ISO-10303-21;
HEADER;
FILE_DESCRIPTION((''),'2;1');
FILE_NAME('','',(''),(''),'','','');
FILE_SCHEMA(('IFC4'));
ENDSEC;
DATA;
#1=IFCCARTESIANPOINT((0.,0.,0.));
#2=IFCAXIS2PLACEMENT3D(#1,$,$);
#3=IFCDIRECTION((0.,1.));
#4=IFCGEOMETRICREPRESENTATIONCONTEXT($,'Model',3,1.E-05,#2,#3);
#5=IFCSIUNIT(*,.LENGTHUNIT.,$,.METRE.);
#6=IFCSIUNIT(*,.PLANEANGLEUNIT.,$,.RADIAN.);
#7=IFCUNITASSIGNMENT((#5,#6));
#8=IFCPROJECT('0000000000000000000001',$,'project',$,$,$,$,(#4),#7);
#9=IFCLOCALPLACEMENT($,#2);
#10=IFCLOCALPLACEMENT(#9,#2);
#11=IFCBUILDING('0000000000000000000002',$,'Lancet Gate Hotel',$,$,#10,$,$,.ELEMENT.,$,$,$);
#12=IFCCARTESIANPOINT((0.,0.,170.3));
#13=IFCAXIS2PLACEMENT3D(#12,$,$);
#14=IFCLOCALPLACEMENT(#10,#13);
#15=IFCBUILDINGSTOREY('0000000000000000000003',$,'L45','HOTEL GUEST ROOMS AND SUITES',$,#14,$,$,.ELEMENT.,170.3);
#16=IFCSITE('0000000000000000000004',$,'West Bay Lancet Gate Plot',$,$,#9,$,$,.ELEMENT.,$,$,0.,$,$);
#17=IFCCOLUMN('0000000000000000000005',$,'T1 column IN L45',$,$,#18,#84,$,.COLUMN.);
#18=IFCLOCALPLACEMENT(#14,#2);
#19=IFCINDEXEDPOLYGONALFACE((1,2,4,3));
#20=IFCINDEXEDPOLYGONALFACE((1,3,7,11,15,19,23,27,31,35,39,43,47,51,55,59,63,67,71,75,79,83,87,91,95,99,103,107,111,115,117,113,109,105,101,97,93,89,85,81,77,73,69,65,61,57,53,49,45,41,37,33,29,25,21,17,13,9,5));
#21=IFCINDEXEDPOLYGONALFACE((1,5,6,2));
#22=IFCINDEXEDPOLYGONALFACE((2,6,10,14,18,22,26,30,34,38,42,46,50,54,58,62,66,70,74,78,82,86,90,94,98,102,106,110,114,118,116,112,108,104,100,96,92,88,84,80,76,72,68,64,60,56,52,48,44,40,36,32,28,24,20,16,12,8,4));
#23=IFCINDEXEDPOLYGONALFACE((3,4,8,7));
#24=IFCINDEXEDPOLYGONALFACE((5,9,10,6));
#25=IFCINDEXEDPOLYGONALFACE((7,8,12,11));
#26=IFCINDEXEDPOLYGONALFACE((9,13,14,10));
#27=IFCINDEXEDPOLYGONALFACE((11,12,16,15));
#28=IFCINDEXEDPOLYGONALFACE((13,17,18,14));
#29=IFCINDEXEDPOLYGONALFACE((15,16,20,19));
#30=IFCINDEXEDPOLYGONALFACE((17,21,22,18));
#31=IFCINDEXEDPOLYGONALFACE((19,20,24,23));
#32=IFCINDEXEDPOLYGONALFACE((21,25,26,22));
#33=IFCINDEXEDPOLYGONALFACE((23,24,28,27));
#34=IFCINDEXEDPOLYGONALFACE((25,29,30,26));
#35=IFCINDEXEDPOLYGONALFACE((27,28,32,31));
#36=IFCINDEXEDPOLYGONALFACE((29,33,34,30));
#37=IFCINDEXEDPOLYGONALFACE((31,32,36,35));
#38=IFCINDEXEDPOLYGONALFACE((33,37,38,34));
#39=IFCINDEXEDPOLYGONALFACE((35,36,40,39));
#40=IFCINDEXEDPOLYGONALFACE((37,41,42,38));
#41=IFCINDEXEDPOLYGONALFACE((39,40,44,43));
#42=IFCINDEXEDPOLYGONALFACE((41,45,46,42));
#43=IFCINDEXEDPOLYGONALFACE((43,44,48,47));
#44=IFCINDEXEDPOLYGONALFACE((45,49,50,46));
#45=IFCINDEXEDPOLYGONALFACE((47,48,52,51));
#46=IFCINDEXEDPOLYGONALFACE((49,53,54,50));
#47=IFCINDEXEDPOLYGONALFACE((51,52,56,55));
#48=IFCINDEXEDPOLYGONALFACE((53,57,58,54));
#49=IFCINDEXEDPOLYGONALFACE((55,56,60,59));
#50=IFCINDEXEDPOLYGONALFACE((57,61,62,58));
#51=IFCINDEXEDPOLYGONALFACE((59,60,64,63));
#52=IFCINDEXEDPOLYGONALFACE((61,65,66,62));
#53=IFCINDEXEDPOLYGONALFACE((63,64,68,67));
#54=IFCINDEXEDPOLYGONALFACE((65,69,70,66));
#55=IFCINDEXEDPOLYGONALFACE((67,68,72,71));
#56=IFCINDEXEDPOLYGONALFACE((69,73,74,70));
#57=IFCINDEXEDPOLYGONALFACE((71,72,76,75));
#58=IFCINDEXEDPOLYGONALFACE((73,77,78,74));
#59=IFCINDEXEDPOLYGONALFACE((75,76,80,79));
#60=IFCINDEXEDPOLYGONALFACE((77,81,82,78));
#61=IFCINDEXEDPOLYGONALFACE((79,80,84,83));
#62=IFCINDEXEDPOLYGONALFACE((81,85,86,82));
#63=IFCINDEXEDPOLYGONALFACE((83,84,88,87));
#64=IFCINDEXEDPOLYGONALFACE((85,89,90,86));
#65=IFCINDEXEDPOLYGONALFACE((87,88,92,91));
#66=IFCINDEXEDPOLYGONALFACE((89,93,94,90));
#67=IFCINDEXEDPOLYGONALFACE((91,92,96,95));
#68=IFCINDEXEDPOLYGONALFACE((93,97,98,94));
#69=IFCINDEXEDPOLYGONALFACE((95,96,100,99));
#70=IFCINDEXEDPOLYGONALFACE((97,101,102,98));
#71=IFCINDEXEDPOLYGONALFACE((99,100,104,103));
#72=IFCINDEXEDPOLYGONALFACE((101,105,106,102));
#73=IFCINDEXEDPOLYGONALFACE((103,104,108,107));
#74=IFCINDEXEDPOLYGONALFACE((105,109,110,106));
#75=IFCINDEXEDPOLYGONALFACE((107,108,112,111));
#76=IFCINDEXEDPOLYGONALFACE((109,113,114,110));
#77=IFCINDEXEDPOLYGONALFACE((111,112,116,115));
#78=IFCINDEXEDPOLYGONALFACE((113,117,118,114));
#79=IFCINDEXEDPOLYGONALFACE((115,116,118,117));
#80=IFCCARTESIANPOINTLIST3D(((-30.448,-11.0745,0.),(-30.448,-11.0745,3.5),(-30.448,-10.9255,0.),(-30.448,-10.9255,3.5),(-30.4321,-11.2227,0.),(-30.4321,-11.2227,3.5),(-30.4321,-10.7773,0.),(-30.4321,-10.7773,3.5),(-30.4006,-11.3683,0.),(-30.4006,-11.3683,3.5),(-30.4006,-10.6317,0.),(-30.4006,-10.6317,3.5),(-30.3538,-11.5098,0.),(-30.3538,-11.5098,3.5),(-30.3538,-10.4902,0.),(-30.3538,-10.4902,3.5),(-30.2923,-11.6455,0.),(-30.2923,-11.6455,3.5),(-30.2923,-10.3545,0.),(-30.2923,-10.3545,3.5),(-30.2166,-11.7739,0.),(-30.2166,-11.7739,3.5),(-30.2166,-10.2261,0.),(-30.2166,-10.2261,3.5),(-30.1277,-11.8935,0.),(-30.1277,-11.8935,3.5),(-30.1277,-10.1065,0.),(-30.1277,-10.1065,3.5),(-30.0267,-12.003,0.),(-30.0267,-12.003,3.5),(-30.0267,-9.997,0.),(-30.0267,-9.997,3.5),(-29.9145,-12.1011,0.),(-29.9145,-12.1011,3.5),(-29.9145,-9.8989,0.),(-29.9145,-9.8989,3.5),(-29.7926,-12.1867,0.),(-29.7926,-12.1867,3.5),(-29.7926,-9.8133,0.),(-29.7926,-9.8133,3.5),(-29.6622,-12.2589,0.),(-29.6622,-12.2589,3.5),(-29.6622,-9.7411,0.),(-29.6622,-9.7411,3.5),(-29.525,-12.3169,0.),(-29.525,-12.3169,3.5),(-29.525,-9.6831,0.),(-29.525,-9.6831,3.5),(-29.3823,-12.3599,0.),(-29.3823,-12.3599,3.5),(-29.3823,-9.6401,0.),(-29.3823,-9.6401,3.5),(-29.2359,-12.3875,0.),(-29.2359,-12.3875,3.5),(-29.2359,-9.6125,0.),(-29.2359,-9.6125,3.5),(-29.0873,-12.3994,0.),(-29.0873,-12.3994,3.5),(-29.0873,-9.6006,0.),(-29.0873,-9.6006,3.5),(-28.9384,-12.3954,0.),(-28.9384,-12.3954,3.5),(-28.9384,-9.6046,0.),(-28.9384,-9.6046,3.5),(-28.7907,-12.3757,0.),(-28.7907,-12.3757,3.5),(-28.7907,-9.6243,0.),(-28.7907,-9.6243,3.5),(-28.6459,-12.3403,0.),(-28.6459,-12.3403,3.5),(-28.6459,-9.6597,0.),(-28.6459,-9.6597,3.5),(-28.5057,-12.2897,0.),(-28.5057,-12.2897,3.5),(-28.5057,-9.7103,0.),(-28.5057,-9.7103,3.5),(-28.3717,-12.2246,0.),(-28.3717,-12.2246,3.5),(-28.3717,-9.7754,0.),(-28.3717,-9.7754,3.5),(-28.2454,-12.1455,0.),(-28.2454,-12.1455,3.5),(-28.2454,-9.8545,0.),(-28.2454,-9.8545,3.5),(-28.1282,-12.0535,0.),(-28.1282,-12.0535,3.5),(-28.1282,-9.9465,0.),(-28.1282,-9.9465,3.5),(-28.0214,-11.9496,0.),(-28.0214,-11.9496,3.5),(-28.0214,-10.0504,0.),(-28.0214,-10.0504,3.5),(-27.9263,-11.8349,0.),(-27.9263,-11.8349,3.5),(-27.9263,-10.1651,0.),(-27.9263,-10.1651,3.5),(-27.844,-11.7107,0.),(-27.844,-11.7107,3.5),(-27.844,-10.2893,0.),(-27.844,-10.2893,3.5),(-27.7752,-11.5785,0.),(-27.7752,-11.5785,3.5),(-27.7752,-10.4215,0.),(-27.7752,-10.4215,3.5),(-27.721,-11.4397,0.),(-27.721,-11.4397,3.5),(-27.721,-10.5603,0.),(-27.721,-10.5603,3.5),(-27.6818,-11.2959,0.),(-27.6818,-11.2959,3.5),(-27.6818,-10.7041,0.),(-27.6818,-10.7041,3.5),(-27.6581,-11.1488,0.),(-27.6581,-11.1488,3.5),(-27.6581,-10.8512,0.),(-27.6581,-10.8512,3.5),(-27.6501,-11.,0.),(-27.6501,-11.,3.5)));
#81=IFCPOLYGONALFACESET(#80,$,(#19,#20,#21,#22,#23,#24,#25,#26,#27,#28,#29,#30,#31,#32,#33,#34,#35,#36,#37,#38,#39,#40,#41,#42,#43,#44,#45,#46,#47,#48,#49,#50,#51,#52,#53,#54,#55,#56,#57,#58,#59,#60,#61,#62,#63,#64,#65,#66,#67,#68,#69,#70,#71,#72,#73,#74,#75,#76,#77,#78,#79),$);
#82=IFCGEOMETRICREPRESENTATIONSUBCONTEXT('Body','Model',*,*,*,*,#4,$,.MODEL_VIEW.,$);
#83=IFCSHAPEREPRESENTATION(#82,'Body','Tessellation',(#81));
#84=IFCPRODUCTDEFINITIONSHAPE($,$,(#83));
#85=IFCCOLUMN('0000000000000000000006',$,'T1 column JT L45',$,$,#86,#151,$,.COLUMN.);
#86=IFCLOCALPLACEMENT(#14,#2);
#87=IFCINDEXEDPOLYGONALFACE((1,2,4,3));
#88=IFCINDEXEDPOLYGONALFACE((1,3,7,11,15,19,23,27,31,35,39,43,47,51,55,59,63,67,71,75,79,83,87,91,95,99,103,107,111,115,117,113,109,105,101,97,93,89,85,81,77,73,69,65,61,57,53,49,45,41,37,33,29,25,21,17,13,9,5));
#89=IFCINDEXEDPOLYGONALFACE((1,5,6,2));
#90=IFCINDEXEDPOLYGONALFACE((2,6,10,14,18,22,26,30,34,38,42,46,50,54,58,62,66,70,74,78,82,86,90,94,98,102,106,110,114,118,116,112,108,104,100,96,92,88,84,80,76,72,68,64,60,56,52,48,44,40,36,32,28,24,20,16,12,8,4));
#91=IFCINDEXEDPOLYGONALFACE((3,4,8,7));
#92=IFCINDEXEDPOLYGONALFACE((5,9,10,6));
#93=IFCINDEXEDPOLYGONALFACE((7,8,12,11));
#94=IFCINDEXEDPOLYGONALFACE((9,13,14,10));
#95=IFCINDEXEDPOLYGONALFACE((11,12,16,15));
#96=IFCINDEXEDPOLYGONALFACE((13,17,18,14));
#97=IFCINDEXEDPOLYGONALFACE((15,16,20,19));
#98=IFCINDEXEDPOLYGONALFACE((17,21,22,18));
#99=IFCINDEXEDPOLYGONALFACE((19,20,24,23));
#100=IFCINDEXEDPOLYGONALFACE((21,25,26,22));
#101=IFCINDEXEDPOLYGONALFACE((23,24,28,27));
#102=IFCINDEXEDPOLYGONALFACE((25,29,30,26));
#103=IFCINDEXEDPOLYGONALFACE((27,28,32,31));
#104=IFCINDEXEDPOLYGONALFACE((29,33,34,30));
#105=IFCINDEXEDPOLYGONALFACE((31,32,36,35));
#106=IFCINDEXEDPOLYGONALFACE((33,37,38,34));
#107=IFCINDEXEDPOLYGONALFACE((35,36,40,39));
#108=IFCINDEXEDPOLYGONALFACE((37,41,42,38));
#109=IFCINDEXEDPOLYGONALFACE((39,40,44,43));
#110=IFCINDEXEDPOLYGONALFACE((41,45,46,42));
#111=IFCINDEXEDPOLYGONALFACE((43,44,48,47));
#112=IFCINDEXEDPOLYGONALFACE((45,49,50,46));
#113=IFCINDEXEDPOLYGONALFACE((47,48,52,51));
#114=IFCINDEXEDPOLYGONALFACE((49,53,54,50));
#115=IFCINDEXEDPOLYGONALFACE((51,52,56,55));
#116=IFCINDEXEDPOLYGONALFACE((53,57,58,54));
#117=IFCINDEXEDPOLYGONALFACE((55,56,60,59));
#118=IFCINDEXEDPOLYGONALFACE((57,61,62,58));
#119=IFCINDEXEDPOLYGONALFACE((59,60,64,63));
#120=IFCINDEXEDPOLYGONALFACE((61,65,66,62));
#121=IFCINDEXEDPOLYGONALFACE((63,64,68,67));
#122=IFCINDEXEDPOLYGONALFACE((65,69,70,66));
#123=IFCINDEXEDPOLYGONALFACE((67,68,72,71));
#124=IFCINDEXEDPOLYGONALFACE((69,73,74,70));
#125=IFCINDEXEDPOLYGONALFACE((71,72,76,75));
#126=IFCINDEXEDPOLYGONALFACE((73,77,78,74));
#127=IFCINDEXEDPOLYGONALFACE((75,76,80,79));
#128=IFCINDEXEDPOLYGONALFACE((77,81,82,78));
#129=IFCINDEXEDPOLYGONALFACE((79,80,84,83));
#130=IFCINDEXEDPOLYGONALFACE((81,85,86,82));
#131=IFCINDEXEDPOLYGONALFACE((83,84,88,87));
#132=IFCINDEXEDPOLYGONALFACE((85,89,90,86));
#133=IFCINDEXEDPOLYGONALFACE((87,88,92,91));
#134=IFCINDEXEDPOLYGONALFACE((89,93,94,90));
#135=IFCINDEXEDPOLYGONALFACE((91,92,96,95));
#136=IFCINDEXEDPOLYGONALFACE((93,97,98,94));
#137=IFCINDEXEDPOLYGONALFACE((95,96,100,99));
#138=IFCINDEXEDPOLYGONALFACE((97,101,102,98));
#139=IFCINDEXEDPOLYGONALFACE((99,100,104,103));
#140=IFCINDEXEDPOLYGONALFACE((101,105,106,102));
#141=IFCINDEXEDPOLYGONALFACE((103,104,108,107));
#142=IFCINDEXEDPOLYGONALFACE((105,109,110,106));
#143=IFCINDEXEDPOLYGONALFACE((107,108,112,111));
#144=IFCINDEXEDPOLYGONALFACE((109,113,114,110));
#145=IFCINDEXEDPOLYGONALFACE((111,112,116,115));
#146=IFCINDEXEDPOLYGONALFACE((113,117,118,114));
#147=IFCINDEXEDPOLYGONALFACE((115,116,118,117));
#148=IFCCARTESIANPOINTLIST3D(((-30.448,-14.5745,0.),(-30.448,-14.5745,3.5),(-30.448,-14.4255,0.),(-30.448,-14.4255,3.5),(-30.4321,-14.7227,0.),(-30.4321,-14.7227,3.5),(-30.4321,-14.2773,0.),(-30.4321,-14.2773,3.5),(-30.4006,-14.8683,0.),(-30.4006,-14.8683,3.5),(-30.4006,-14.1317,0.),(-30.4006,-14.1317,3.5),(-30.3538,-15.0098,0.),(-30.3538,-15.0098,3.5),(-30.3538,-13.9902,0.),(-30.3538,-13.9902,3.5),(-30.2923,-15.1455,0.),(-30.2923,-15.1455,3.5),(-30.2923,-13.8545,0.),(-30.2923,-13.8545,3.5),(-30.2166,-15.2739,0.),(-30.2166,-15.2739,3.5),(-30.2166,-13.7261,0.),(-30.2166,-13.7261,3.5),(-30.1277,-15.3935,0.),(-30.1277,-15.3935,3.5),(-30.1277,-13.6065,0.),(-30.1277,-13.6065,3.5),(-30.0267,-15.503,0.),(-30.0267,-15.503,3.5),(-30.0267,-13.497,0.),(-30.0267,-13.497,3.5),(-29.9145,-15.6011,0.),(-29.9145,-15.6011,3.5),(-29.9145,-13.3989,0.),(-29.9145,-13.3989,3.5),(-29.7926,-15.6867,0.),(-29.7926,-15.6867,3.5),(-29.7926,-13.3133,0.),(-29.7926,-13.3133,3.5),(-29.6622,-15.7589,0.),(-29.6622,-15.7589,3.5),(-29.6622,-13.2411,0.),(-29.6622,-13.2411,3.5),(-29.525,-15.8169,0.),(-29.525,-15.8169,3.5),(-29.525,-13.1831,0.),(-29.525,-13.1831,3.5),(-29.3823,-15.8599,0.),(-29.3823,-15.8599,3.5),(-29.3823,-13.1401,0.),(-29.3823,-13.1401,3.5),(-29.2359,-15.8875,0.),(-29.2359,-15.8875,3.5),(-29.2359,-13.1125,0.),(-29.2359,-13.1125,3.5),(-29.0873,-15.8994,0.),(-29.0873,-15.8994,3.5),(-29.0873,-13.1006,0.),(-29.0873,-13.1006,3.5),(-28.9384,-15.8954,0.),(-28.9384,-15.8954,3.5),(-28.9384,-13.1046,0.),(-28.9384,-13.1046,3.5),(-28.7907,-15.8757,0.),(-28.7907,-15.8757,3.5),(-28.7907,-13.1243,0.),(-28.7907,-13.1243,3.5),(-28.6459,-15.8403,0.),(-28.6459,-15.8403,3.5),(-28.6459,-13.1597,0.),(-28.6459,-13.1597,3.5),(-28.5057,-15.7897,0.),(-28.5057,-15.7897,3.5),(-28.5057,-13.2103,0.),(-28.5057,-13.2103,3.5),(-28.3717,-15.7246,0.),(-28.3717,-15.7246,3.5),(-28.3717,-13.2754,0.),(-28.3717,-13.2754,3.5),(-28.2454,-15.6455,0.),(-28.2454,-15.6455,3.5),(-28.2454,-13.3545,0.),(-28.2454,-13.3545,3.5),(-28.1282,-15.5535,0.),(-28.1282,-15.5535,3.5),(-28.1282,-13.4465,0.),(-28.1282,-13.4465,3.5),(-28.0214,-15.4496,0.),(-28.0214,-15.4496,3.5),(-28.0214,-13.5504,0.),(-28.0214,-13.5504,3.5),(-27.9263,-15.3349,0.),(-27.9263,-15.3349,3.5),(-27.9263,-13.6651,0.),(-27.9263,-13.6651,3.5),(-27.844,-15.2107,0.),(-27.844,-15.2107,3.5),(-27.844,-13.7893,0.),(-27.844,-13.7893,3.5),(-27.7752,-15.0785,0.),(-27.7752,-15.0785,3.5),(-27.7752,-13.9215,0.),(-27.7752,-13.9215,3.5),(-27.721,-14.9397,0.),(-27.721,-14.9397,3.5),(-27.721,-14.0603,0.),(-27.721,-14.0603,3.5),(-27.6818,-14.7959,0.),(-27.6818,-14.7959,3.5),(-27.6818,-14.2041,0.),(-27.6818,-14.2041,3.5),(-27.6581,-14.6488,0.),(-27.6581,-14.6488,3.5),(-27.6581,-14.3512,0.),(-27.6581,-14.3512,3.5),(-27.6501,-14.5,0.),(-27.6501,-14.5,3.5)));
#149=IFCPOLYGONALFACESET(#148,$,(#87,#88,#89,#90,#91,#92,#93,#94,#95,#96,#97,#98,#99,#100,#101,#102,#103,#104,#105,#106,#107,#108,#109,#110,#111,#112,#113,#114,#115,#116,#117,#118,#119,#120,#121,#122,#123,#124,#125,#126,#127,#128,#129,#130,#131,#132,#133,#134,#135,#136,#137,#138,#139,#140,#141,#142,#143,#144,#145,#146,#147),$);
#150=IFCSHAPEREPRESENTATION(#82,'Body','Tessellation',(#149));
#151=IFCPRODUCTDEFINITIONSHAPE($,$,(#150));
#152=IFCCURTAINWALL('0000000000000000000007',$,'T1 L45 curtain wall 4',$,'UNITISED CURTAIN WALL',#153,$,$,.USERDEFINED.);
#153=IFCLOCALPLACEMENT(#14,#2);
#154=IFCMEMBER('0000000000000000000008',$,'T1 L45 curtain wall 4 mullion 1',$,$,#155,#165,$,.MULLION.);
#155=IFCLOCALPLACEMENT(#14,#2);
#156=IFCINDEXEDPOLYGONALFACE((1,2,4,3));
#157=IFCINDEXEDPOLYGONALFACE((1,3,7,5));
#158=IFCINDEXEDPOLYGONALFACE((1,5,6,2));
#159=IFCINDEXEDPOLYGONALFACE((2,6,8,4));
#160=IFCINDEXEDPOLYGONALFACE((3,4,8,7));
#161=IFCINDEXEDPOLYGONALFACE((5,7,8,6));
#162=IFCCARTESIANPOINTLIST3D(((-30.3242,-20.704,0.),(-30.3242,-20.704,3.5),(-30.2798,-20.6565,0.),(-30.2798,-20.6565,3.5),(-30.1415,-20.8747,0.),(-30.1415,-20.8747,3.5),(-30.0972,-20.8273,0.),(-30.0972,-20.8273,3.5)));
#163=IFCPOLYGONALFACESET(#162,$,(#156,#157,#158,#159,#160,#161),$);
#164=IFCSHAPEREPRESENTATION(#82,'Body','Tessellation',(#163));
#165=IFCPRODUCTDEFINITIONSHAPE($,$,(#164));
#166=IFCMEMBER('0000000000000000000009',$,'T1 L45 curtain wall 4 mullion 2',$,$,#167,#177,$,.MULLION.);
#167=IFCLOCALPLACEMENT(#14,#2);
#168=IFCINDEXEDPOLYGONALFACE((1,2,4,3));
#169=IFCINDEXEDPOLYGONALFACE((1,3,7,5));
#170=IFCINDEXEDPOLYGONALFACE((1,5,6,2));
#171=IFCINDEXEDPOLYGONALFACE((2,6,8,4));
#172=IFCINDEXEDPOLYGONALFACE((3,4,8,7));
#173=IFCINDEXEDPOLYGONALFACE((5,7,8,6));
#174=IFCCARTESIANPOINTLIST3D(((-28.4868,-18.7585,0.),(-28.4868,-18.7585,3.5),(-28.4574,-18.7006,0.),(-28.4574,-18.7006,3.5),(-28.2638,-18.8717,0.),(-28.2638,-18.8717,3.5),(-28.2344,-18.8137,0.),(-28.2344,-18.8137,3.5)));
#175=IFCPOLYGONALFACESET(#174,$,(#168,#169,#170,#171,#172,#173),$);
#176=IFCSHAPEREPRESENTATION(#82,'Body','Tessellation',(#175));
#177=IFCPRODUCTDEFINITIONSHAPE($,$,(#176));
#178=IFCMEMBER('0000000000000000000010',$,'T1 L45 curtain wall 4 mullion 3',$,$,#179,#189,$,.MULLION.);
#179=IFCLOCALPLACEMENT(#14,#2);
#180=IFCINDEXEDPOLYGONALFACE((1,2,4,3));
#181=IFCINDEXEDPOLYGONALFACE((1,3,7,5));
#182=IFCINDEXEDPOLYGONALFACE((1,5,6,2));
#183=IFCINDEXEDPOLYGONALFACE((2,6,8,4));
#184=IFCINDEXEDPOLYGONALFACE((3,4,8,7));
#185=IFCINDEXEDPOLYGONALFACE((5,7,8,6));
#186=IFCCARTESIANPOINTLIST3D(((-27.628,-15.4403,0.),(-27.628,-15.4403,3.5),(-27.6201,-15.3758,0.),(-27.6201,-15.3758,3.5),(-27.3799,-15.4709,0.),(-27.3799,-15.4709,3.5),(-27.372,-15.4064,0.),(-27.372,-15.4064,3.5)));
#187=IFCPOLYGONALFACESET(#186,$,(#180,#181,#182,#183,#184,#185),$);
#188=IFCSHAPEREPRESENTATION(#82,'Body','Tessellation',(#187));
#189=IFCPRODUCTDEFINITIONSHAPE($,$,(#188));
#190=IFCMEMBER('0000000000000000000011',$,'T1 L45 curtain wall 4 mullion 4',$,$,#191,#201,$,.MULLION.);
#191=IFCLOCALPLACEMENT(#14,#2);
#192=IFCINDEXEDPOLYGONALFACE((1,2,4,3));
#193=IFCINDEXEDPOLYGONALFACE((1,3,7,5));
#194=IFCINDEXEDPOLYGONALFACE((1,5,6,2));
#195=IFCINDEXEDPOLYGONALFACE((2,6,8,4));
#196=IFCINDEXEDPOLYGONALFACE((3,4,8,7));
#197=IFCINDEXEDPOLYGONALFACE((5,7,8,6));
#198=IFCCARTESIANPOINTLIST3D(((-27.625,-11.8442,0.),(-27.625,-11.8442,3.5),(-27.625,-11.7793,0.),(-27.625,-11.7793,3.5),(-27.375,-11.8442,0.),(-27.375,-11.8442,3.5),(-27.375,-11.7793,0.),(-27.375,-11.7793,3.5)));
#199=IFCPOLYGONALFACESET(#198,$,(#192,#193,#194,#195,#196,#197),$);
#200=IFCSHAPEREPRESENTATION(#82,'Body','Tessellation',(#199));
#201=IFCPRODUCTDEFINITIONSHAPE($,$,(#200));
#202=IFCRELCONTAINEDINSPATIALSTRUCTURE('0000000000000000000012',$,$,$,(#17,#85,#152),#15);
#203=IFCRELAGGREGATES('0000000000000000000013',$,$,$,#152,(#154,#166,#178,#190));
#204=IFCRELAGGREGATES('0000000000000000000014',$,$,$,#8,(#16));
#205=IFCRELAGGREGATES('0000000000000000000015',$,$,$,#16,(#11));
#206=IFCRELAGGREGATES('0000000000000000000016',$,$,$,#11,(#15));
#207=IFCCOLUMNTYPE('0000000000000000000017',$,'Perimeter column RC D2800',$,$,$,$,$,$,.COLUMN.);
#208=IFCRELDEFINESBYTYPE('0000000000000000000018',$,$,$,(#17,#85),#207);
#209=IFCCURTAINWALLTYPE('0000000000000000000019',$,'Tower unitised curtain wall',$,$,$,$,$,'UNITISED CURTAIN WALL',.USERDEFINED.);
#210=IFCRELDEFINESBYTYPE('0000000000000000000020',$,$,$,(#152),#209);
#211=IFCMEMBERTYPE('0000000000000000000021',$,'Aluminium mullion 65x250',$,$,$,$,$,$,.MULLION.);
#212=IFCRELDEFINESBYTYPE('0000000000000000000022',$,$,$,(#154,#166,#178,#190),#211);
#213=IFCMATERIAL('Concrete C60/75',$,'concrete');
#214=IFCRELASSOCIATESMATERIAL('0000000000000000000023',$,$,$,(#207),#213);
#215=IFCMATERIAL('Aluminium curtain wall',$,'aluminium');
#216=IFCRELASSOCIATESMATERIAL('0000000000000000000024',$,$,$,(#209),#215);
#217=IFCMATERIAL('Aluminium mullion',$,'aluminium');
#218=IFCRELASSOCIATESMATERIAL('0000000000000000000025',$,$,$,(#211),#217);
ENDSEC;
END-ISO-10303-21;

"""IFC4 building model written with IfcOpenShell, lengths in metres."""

from ifc_helpers import new_model, si_unit, direction, frame, origin, origin_2d, place, context, subcontext, project, spatial, rectangle, circle, extrude, material, material_profile, profile_set, type_object, element, aggregate, save


model = new_model("IFC4")

# Units and contexts
model_context = context("Model", 3, precision=1e-05, world=origin(), true_north=direction((0.0, 1.0)))
body_context = subcontext(model_context, "Body", "Model", "MODEL_VIEW")
ifc_project = project(units=[si_unit("LENGTHUNIT", "METRE"), si_unit("PLANEANGLEUNIT", "RADIAN")], contexts=[model_context])

# Site, building, storey
site_placement = place(None, origin())
site = spatial("IfcSite", under=ifc_project, at=site_placement, Name="West Bay Lancet Gate Plot", CompositionType="ELEMENT", RefElevation=0.0)
building_placement = place(site_placement, origin())
building = spatial("IfcBuilding", under=site, at=building_placement, Name="Lancet Gate Hotel", CompositionType="ELEMENT")
storey_placement = place(building_placement, frame((0.0, 0.0, 170.3)))
storey = spatial("IfcBuildingStorey", under=building, at=storey_placement, Name="L45", Description="HOTEL GUEST ROOMS AND SUITES", CompositionType="ELEMENT", Elevation=170.3)

# Columns
ifc_material_1 = material(Name="Concrete C60/75", Category="concrete")
ifc_material_profile_1 = material_profile(ifc_material_1, circle(Radius=1.3999, at=origin_2d()), Name="RC D2800")
ifc_profile_set_1 = profile_set([ifc_material_profile_1], Name="Concrete C60/75")
column_type = type_object("IfcColumnType", Name="Perimeter column RC D2800", PredefinedType="COLUMN", material=ifc_profile_set_1)
for number, where, z_axis, x_axis, name in (
    (1, (-29.05, -11.0, 0.0), (0.0, 0.0, 1.0), (1.0, 0.0, 0.0), "T1 column IN L45"),
    (2, (-29.05, -14.5, 0.0), (0.0, 0.0, 1.0), (1.0, 0.0, 0.0), "T1 column JT L45"),
):
    element("IfcColumn", number, at=place(storey_placement, frame(where, z_axis=z_axis, x_axis=x_axis)), inside=storey, type_object=column_type, Name=name, PredefinedType="COLUMN", context=body_context, shape_type="SweptSolid", body=[
        extrude(circle(Radius=1.3999, at=origin_2d()), origin(), (0.0, 0.0, 1.0), 3.5),
    ])

# Curtain wall, members
ifc_material_2 = material(Name="Aluminium curtain wall", Category="aluminium")
curtain_wall_type = type_object("IfcCurtainWallType", Name="Tower unitised curtain wall", ElementType="UNITISED CURTAIN WALL", PredefinedType="USERDEFINED", material=ifc_material_2)
curtain_wall_placement = place(storey_placement, origin())
curtain_wall = element("IfcCurtainWall", 3, at=curtain_wall_placement, inside=storey, type_object=curtain_wall_type, Name="T1 L45 curtain wall 4", ObjectType="UNITISED CURTAIN WALL", PredefinedType="USERDEFINED")
ifc_material_3 = material(Name="Aluminium mullion", Category="aluminium")
ifc_material_profile_2 = material_profile(ifc_material_3, rectangle(XDim=0.0649, YDim=0.25, at=origin_2d()), Name="MULLION 65x250")
ifc_profile_set_2 = profile_set([ifc_material_profile_2], Name="Aluminium mullion")
member_type_1 = type_object("IfcMemberType", Name="Aluminium mullion 65x250", PredefinedType="MULLION", material=ifc_profile_set_2)
member_1_placement = place(storey_placement, frame((-30.2107, -20.7656, 0.0), z_axis=(0.0, 0.0, 1.0), x_axis=(0.682845, 0.730563, 0.0)))
member_1 = element("IfcMember", 4, at=member_1_placement, type_object=member_type_1, Name="T1 L45 curtain wall 4 mullion 1", PredefinedType="MULLION", context=body_context, shape_type="SweptSolid", body=[
    extrude(rectangle(XDim=0.0649, YDim=0.25, at=origin_2d()), origin(), (0.0, 0.0, 1.0), 3.5),
])
member_2_placement = place(storey_placement, frame((-28.3606, -18.7861, 0.0), z_axis=(0.0, 0.0, 1.0), x_axis=(0.452508, 0.891761, 0.0)))
member_2 = element("IfcMember", 5, at=member_2_placement, type_object=member_type_1, Name="T1 L45 curtain wall 4 mullion 2", PredefinedType="MULLION", context=body_context, shape_type="SweptSolid", body=[
    extrude(rectangle(XDim=0.0649, YDim=0.25, at=origin_2d()), origin(), (0.0, 0.0, 1.0), 3.5),
])
member_3_placement = place(storey_placement, frame((-27.5, -15.4233, 0.0), z_axis=(0.0, 0.0, 1.0), x_axis=(0.122467, 0.992473, 0.0)))
member_3 = element("IfcMember", 6, at=member_3_placement, type_object=member_type_1, Name="T1 L45 curtain wall 4 mullion 3", PredefinedType="MULLION", context=body_context, shape_type="SweptSolid", body=[
    extrude(rectangle(XDim=0.0649, YDim=0.25, at=origin_2d()), origin(), (0.0, 0.0, 1.0), 3.5),
])
member_4_placement = place(storey_placement, frame((-27.5, -11.8118, 0.0), z_axis=(0.0, 0.0, 1.0), x_axis=(0.0, 1.0, 0.0)))
member_4 = element("IfcMember", 7, at=member_4_placement, type_object=member_type_1, Name="T1 L45 curtain wall 4 mullion 4", PredefinedType="MULLION", context=body_context, shape_type="SweptSolid", body=[
    extrude(rectangle(XDim=0.0649, YDim=0.25, at=origin_2d()), origin(), (0.0, 0.0, 1.0), 3.5),
])

aggregate(curtain_wall, [member_1, member_2, member_3, member_4])

save(model, "model.ifc")
